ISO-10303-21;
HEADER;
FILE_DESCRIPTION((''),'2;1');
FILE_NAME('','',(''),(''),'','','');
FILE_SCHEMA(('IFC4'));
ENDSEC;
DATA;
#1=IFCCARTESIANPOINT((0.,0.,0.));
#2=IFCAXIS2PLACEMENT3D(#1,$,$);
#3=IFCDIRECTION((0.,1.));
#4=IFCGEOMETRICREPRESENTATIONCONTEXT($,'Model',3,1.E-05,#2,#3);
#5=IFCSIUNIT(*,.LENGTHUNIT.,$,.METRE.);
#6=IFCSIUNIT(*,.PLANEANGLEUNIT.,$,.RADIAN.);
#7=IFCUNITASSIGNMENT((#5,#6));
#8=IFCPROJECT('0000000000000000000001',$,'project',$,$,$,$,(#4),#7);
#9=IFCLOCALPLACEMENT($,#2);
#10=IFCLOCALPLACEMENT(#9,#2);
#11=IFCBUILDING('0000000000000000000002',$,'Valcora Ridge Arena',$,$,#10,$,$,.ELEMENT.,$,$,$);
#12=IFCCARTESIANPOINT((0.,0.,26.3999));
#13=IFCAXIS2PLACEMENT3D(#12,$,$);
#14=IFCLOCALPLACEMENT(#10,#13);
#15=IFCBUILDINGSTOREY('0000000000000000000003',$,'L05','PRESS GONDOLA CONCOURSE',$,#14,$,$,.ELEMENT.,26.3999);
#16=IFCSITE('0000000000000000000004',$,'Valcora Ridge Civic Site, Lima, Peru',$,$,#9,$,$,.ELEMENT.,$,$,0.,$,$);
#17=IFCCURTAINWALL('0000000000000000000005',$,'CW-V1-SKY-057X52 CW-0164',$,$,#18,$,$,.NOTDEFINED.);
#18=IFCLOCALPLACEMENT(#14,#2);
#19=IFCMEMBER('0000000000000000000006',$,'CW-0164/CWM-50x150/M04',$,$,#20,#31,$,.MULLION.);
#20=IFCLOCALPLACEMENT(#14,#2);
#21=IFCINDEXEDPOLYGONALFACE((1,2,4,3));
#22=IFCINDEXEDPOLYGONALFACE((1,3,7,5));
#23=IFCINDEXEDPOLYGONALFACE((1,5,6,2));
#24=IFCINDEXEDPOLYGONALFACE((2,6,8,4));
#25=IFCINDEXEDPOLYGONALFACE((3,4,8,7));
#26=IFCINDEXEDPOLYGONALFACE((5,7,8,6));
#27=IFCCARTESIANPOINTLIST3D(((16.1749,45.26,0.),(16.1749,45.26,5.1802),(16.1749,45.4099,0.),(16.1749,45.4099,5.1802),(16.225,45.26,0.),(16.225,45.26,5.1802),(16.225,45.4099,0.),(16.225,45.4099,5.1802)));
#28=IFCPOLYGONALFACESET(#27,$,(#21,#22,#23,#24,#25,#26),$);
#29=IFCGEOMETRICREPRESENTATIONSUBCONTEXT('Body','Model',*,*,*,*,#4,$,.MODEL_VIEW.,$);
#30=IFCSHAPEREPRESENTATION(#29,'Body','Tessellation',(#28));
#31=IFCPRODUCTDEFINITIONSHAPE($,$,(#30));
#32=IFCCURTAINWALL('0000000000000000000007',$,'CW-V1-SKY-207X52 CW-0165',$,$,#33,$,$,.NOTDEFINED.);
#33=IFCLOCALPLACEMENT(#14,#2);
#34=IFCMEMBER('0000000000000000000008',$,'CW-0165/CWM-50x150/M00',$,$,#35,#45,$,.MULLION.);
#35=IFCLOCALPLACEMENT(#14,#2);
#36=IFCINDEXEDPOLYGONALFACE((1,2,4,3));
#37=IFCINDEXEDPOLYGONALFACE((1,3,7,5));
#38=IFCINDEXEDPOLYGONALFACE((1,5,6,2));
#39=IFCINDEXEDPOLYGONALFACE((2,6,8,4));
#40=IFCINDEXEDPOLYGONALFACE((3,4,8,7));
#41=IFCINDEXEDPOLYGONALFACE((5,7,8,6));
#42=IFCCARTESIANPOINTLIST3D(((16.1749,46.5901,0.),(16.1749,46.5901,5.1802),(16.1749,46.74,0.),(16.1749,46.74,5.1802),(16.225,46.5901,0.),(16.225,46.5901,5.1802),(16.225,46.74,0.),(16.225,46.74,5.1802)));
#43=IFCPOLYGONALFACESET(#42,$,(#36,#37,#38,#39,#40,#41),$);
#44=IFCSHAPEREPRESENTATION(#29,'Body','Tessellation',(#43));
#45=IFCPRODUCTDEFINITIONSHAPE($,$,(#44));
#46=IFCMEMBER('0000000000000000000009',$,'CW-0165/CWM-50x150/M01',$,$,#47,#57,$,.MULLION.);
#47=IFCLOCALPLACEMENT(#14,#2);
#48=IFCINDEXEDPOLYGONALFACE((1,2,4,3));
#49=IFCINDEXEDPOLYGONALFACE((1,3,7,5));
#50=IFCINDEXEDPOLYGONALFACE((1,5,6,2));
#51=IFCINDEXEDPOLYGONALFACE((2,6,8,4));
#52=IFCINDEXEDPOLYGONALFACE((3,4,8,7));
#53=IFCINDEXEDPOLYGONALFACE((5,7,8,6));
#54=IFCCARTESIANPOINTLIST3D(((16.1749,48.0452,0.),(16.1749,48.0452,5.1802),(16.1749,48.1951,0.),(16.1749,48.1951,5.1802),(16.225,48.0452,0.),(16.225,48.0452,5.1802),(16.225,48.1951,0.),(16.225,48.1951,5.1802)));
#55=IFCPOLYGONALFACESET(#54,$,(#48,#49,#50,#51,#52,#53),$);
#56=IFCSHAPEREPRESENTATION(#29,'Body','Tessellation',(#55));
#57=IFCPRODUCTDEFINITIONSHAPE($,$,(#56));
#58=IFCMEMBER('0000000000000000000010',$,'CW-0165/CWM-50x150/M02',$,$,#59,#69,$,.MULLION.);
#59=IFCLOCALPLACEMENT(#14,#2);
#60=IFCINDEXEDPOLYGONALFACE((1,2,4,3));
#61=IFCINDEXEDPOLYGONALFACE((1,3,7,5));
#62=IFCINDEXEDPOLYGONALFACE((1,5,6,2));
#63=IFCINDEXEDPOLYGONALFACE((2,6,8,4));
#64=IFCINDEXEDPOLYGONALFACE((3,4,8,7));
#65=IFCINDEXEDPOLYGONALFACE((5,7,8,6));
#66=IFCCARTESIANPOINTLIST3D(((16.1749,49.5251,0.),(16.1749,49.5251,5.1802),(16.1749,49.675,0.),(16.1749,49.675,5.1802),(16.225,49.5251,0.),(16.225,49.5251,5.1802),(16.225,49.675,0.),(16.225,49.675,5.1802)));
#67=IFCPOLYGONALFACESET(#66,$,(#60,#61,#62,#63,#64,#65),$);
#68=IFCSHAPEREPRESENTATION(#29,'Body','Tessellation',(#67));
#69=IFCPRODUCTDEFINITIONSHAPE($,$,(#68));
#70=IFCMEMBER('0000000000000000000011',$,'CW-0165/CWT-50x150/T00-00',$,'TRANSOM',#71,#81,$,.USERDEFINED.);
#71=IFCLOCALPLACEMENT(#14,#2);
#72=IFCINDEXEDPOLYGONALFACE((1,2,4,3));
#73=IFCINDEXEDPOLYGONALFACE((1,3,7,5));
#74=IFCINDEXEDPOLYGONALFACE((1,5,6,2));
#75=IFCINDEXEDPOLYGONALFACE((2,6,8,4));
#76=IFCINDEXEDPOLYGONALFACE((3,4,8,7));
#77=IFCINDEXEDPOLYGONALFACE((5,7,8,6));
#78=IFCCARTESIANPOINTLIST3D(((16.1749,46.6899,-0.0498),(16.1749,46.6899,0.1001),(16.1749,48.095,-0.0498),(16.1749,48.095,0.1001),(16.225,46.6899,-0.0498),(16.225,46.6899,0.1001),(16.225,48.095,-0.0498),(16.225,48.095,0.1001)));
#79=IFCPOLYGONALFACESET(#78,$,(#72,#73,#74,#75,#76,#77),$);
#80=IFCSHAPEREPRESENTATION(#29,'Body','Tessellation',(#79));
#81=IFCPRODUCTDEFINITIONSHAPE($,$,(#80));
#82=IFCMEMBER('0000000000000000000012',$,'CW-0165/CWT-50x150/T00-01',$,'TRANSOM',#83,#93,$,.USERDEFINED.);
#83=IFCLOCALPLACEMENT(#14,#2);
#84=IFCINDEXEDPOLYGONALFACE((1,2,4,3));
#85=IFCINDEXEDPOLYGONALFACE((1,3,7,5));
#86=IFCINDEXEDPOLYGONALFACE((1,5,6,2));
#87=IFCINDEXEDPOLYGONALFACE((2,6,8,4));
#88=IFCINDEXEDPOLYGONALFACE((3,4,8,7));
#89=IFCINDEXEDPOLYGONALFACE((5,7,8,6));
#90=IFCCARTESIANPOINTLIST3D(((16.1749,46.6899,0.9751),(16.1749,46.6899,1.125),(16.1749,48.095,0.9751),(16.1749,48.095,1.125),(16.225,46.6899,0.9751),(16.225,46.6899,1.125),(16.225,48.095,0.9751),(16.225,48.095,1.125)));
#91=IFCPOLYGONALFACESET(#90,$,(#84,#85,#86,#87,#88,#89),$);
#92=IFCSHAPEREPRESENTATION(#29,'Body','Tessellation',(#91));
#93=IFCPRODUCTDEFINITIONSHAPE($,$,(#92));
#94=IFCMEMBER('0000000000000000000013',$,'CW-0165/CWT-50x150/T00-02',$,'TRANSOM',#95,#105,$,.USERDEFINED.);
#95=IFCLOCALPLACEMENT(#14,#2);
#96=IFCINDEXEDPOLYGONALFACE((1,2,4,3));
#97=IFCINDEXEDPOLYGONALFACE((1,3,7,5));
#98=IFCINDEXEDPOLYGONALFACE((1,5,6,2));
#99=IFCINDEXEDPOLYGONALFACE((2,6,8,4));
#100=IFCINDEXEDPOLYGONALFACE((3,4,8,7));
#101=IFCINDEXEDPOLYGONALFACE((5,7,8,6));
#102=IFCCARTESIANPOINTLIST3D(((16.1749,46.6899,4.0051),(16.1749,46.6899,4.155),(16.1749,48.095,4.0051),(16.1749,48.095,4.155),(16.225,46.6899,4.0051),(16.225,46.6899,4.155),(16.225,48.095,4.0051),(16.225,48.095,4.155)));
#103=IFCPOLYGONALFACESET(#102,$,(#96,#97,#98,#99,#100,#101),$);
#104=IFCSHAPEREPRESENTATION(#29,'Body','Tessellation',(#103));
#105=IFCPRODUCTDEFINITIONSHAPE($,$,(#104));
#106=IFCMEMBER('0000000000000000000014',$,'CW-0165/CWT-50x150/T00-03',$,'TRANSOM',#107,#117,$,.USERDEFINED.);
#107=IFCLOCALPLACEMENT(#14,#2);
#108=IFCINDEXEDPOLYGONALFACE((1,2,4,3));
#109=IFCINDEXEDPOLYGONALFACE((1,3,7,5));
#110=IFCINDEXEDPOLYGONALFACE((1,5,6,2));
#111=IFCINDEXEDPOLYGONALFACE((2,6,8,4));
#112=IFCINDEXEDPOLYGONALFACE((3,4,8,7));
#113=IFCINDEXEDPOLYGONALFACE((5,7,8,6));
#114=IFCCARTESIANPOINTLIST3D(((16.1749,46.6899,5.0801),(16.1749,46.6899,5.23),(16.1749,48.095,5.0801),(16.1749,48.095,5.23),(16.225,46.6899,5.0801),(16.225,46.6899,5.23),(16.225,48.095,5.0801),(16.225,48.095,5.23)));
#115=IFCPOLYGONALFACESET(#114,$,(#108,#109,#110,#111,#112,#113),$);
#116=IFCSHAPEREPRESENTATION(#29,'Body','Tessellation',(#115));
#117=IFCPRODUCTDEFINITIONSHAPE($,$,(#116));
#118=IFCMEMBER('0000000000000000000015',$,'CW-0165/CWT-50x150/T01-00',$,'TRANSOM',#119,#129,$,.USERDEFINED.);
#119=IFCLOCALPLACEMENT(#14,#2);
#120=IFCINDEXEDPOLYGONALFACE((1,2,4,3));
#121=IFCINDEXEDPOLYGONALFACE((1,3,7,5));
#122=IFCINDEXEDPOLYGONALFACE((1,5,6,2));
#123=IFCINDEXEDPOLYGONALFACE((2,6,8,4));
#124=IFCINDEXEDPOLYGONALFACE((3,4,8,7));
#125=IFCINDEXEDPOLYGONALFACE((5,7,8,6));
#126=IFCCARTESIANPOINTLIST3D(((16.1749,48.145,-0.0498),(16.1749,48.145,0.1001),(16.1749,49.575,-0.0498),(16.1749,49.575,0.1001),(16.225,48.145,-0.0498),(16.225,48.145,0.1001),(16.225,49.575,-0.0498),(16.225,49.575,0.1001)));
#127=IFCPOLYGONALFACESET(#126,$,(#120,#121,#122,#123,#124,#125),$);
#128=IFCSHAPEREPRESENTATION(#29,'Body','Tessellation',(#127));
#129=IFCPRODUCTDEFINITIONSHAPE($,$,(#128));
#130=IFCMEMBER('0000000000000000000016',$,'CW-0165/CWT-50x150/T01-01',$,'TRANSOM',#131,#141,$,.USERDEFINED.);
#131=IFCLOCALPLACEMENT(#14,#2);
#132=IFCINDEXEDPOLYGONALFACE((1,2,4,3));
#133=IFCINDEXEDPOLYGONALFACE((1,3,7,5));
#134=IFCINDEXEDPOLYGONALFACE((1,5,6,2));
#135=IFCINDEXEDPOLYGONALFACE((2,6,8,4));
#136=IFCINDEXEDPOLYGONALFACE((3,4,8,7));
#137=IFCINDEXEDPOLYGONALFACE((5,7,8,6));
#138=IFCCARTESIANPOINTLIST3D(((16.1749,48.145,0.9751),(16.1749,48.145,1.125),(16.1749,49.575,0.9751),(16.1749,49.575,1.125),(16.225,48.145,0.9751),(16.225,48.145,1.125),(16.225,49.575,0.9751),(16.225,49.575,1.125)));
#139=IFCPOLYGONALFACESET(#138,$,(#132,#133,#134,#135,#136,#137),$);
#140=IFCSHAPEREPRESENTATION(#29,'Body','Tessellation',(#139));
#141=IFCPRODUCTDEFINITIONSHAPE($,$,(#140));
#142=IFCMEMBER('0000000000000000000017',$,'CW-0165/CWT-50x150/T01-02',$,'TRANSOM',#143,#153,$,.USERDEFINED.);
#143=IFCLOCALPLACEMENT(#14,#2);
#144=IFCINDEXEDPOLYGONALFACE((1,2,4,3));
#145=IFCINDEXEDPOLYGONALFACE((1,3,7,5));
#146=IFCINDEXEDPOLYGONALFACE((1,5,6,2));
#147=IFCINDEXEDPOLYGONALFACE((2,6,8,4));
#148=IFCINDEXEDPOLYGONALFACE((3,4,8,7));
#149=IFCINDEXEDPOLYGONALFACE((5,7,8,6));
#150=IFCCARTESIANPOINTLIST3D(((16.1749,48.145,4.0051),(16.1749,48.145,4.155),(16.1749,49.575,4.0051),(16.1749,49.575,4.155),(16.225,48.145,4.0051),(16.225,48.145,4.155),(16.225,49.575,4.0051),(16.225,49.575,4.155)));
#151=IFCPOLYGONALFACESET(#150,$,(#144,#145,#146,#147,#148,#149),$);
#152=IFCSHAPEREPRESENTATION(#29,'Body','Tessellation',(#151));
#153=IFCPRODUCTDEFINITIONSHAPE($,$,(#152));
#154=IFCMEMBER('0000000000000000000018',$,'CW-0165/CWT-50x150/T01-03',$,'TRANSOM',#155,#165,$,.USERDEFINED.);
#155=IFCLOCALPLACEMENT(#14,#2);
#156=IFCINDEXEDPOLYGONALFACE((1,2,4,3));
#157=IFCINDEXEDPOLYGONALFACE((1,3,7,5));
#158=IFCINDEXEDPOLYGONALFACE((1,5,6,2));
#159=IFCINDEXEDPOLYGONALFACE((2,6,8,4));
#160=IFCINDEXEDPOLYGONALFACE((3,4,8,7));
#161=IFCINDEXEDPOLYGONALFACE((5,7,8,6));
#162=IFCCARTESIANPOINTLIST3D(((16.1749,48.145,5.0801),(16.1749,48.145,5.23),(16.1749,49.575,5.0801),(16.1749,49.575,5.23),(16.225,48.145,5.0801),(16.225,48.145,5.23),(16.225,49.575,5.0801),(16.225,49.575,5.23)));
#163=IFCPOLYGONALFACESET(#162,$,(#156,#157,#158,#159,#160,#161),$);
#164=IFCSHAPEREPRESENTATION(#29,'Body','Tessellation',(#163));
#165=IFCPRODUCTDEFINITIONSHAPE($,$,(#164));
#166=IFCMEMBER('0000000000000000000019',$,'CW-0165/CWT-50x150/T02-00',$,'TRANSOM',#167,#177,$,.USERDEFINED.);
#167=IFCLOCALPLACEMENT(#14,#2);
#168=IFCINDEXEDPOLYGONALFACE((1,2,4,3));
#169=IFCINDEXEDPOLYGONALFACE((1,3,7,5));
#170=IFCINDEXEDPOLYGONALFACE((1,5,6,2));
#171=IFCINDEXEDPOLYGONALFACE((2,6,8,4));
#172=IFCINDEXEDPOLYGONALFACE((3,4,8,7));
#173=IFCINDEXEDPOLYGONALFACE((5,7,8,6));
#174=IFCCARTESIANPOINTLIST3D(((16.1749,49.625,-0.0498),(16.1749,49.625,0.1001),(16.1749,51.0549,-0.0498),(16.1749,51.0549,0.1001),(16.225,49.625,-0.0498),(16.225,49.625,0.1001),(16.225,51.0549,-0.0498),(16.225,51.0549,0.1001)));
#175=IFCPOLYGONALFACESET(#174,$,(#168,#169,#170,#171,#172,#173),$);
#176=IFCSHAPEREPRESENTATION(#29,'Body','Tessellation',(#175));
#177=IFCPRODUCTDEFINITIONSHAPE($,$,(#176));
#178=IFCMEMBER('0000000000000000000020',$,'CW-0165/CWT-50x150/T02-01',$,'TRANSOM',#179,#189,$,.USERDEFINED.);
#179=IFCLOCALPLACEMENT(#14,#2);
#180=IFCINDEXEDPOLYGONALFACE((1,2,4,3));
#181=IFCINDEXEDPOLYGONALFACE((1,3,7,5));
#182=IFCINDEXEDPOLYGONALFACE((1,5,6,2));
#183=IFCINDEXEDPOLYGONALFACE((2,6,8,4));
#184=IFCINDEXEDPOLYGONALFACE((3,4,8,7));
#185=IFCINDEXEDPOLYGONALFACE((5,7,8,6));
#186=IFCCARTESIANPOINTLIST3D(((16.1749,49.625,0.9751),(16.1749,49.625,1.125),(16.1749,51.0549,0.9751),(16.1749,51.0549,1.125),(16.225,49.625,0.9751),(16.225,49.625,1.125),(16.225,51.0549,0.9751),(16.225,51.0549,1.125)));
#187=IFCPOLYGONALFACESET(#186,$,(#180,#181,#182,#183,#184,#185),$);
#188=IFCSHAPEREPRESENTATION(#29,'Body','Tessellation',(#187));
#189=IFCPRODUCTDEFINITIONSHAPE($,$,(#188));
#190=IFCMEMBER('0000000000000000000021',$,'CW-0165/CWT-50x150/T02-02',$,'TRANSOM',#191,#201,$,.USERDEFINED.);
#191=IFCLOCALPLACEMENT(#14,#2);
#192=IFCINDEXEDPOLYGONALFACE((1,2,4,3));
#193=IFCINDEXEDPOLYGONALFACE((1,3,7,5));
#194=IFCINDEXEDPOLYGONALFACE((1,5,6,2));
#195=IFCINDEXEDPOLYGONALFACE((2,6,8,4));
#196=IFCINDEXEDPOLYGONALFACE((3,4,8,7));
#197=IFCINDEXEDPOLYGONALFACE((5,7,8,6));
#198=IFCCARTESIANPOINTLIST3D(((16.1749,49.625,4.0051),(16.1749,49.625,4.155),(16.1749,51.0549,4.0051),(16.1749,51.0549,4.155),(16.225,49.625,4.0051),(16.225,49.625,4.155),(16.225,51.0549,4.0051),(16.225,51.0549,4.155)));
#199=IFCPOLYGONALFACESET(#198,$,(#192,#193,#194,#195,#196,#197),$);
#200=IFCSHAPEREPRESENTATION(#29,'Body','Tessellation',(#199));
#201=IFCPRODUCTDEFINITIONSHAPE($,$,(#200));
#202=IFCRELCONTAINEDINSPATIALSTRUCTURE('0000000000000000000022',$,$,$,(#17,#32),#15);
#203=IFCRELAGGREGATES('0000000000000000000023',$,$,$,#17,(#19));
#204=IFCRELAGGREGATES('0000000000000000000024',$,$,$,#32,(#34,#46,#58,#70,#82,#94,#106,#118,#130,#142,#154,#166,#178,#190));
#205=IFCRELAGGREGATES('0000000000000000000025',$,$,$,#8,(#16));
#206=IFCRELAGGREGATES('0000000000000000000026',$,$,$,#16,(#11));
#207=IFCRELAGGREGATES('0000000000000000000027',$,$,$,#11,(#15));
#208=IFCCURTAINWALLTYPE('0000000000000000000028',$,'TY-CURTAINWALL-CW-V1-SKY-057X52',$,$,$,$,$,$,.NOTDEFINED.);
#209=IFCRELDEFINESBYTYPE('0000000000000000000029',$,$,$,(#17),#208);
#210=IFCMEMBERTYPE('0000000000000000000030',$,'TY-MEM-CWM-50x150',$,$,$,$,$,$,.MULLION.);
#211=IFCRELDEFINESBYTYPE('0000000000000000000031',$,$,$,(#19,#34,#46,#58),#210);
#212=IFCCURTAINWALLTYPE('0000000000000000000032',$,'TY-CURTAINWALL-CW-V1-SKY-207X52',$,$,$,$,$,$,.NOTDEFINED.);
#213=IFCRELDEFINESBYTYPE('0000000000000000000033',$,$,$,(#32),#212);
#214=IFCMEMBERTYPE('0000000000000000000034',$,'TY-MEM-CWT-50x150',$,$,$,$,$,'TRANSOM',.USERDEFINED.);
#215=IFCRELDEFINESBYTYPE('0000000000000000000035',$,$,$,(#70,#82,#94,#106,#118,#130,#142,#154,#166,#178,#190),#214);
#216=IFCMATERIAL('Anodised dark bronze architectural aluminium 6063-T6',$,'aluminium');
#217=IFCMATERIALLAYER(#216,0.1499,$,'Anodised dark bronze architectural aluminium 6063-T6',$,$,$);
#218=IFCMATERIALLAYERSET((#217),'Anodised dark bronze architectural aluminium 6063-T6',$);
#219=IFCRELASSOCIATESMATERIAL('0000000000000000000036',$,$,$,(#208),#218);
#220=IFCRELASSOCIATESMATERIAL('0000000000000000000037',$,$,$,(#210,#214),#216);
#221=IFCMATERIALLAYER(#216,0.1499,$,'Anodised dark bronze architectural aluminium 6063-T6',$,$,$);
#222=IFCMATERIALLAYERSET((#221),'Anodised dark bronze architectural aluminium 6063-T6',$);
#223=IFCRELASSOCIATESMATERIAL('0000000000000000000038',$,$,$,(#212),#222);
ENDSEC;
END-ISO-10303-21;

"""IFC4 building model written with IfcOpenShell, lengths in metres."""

from ifc_helpers import new_model, si_unit, direction, frame, origin, origin_2d, place, context, subcontext, project, spatial, rectangle, extrude, material, layer, layer_set, material_profile, profile_set, type_object, element, aggregate, save


model = new_model("IFC4")

# Units and contexts
model_context = context("Model", 3, precision=1e-05, world=origin(), true_north=direction((0.0, 1.0)))
body_context = subcontext(model_context, "Body", "Model", "MODEL_VIEW")
ifc_project = project(units=[si_unit("LENGTHUNIT", "METRE"), si_unit("PLANEANGLEUNIT", "RADIAN")], contexts=[model_context])

# Site, building, storey
site_placement = place(None, origin())
site = spatial("IfcSite", under=ifc_project, at=site_placement, Name="Valcora Ridge Civic Site, Lima, Peru", CompositionType="ELEMENT", RefElevation=0.0)
building_placement = place(site_placement, origin())
building = spatial("IfcBuilding", under=site, at=building_placement, Name="Valcora Ridge Arena", CompositionType="ELEMENT")
storey_placement = place(building_placement, frame((0.0, 0.0, 26.3999)))
storey = spatial("IfcBuildingStorey", under=building, at=storey_placement, Name="L05", Description="PRESS GONDOLA CONCOURSE", CompositionType="ELEMENT", Elevation=26.3999)

# Curtain wall, member
ifc_material_1 = material(Name="Anodised dark bronze architectural aluminium 6063-T6", Category="aluminium")
ifc_layer_1 = layer(ifc_material_1, 0.1499, Name="Anodised dark bronze architectural aluminium 6063-T6")
ifc_layer_set_1 = layer_set([ifc_layer_1], Name="Anodised dark bronze architectural aluminium 6063-T6")
curtain_wall_type_1 = type_object("IfcCurtainWallType", Name="TY-CURTAINWALL-CW-V1-SKY-057X52", PredefinedType="NOTDEFINED", material=ifc_layer_set_1)
curtain_wall_1_placement = place(storey_placement, origin())
curtain_wall_1 = element("IfcCurtainWall", 1, at=curtain_wall_1_placement, inside=storey, type_object=curtain_wall_type_1, Name="CW-V1-SKY-057X52 CW-0164", PredefinedType="NOTDEFINED")
ifc_material_profile_1 = material_profile(ifc_material_1, rectangle(XDim=0.05, YDim=0.1499, at=origin_2d()), Name="ALU MULLION 50x150")
ifc_profile_set_1 = profile_set([ifc_material_profile_1], Name="Anodised dark bronze architectural aluminium 6063-T6")
member_type_1 = type_object("IfcMemberType", Name="TY-MEM-CWM-50x150", PredefinedType="MULLION", material=ifc_profile_set_1)
member_1_placement = place(storey_placement, frame((16.2, 45.335, 0.0), z_axis=(0.0, 0.0, 1.0), x_axis=(-1.0, 0.0, 0.0)))
member_1 = element("IfcMember", 2, at=member_1_placement, type_object=member_type_1, Name="CW-0164/CWM-50x150/M04", PredefinedType="MULLION", context=body_context, shape_type="SweptSolid", body=[
    extrude(rectangle(XDim=0.05, YDim=0.1499, at=origin_2d()), origin(), (0.0, 0.0, 1.0), 5.1802),
])
aggregate(curtain_wall_1, [member_1])

# Curtain wall, members
ifc_layer_2 = layer(ifc_material_1, 0.1499, Name="Anodised dark bronze architectural aluminium 6063-T6")
ifc_layer_set_2 = layer_set([ifc_layer_2], Name="Anodised dark bronze architectural aluminium 6063-T6")
curtain_wall_type_2 = type_object("IfcCurtainWallType", Name="TY-CURTAINWALL-CW-V1-SKY-207X52", PredefinedType="NOTDEFINED", material=ifc_layer_set_2)
curtain_wall_2_placement = place(storey_placement, origin())
curtain_wall_2 = element("IfcCurtainWall", 3, at=curtain_wall_2_placement, inside=storey, type_object=curtain_wall_type_2, Name="CW-V1-SKY-207X52 CW-0165", PredefinedType="NOTDEFINED")
member_2_placement = place(storey_placement, frame((16.2, 46.665, 0.0), z_axis=(0.0, 0.0, 1.0), x_axis=(-1.0, 0.0, 0.0)))
member_2 = element("IfcMember", 4, at=member_2_placement, type_object=member_type_1, Name="CW-0165/CWM-50x150/M00", PredefinedType="MULLION", context=body_context, shape_type="SweptSolid", body=[
    extrude(rectangle(XDim=0.05, YDim=0.1499, at=origin_2d()), origin(), (0.0, 0.0, 1.0), 5.1802),
])
member_3_placement = place(storey_placement, frame((16.2, 48.1201, 0.0), z_axis=(0.0, 0.0, 1.0), x_axis=(-1.0, 0.0, 0.0)))
member_3 = element("IfcMember", 5, at=member_3_placement, type_object=member_type_1, Name="CW-0165/CWM-50x150/M01", PredefinedType="MULLION", context=body_context, shape_type="SweptSolid", body=[
    extrude(rectangle(XDim=0.05, YDim=0.1499, at=origin_2d()), origin(), (0.0, 0.0, 1.0), 5.1802),
])
member_4_placement = place(storey_placement, frame((16.2, 49.6001, 0.0), z_axis=(0.0, 0.0, 1.0), x_axis=(-1.0, 0.0, 0.0)))
member_4 = element("IfcMember", 6, at=member_4_placement, type_object=member_type_1, Name="CW-0165/CWM-50x150/M02", PredefinedType="MULLION", context=body_context, shape_type="SweptSolid", body=[
    extrude(rectangle(XDim=0.05, YDim=0.1499, at=origin_2d()), origin(), (0.0, 0.0, 1.0), 5.1802),
])
ifc_material_profile_2 = material_profile(ifc_material_1, rectangle(XDim=0.05, YDim=0.1499, at=origin_2d()), Name="ALU TRANSOM 50x150")
ifc_profile_set_2 = profile_set([ifc_material_profile_2], Name="Anodised dark bronze architectural aluminium 6063-T6")
member_type_2 = type_object("IfcMemberType", Name="TY-MEM-CWT-50x150", ElementType="TRANSOM", PredefinedType="USERDEFINED", material=ifc_profile_set_2)
member_5_placement = place(storey_placement, frame((16.2, 46.6899, 0.0251), z_axis=(0.0, 1.0, 0.0), x_axis=(-1.0, 0.0, 0.0)))
member_5 = element("IfcMember", 7, at=member_5_placement, type_object=member_type_2, Name="CW-0165/CWT-50x150/T00-00", ObjectType="TRANSOM", PredefinedType="USERDEFINED", context=body_context, shape_type="SweptSolid", body=[
    extrude(rectangle(XDim=0.05, YDim=0.1499, at=origin_2d()), origin(), (0.0, 0.0, 1.0), 1.405),
])
member_6_placement = place(storey_placement, frame((16.2, 46.6899, 1.05), z_axis=(0.0, 1.0, 0.0), x_axis=(-1.0, 0.0, 0.0)))
member_6 = element("IfcMember", 8, at=member_6_placement, type_object=member_type_2, Name="CW-0165/CWT-50x150/T00-01", ObjectType="TRANSOM", PredefinedType="USERDEFINED", context=body_context, shape_type="SweptSolid", body=[
    extrude(rectangle(XDim=0.05, YDim=0.1499, at=origin_2d()), origin(), (0.0, 0.0, 1.0), 1.405),
])
member_7_placement = place(storey_placement, frame((16.2, 46.6899, 4.0801), z_axis=(0.0, 1.0, 0.0), x_axis=(-1.0, 0.0, 0.0)))
member_7 = element("IfcMember", 9, at=member_7_placement, type_object=member_type_2, Name="CW-0165/CWT-50x150/T00-02", ObjectType="TRANSOM", PredefinedType="USERDEFINED", context=body_context, shape_type="SweptSolid", body=[
    extrude(rectangle(XDim=0.05, YDim=0.1499, at=origin_2d()), origin(), (0.0, 0.0, 1.0), 1.405),
])
member_8_placement = place(storey_placement, frame((16.2, 46.6899, 5.155), z_axis=(0.0, 1.0, 0.0), x_axis=(-1.0, 0.0, 0.0)))
member_8 = element("IfcMember", 10, at=member_8_placement, type_object=member_type_2, Name="CW-0165/CWT-50x150/T00-03", ObjectType="TRANSOM", PredefinedType="USERDEFINED", context=body_context, shape_type="SweptSolid", body=[
    extrude(rectangle(XDim=0.05, YDim=0.1499, at=origin_2d()), origin(), (0.0, 0.0, 1.0), 1.405),
])
member_9_placement = place(storey_placement, frame((16.2, 48.145, 0.0251), z_axis=(0.0, 1.0, 0.0), x_axis=(-1.0, 0.0, 0.0)))
member_9 = element("IfcMember", 11, at=member_9_placement, type_object=member_type_2, Name="CW-0165/CWT-50x150/T01-00", ObjectType="TRANSOM", PredefinedType="USERDEFINED", context=body_context, shape_type="SweptSolid", body=[
    extrude(rectangle(XDim=0.05, YDim=0.1499, at=origin_2d()), origin(), (0.0, 0.0, 1.0), 1.4299),
])
member_10_placement = place(storey_placement, frame((16.2, 48.145, 1.05), z_axis=(0.0, 1.0, 0.0), x_axis=(-1.0, 0.0, 0.0)))
member_10 = element("IfcMember", 12, at=member_10_placement, type_object=member_type_2, Name="CW-0165/CWT-50x150/T01-01", ObjectType="TRANSOM", PredefinedType="USERDEFINED", context=body_context, shape_type="SweptSolid", body=[
    extrude(rectangle(XDim=0.05, YDim=0.1499, at=origin_2d()), origin(), (0.0, 0.0, 1.0), 1.4299),
])
member_11_placement = place(storey_placement, frame((16.2, 48.145, 4.0801), z_axis=(0.0, 1.0, 0.0), x_axis=(-1.0, 0.0, 0.0)))
member_11 = element("IfcMember", 13, at=member_11_placement, type_object=member_type_2, Name="CW-0165/CWT-50x150/T01-02", ObjectType="TRANSOM", PredefinedType="USERDEFINED", context=body_context, shape_type="SweptSolid", body=[
    extrude(rectangle(XDim=0.05, YDim=0.1499, at=origin_2d()), origin(), (0.0, 0.0, 1.0), 1.4299),
])
member_12_placement = place(storey_placement, frame((16.2, 48.145, 5.155), z_axis=(0.0, 1.0, 0.0), x_axis=(-1.0, 0.0, 0.0)))
member_12 = element("IfcMember", 14, at=member_12_placement, type_object=member_type_2, Name="CW-0165/CWT-50x150/T01-03", ObjectType="TRANSOM", PredefinedType="USERDEFINED", context=body_context, shape_type="SweptSolid", body=[
    extrude(rectangle(XDim=0.05, YDim=0.1499, at=origin_2d()), origin(), (0.0, 0.0, 1.0), 1.4299),
])
member_13_placement = place(storey_placement, frame((16.2, 49.625, 0.0251), z_axis=(0.0, 1.0, 0.0), x_axis=(-1.0, 0.0, 0.0)))
member_13 = element("IfcMember", 15, at=member_13_placement, type_object=member_type_2, Name="CW-0165/CWT-50x150/T02-00", ObjectType="TRANSOM", PredefinedType="USERDEFINED", context=body_context, shape_type="SweptSolid", body=[
    extrude(rectangle(XDim=0.05, YDim=0.1499, at=origin_2d()), origin(), (0.0, 0.0, 1.0), 1.4299),
])
member_14_placement = place(storey_placement, frame((16.2, 49.625, 1.05), z_axis=(0.0, 1.0, 0.0), x_axis=(-1.0, 0.0, 0.0)))
member_14 = element("IfcMember", 16, at=member_14_placement, type_object=member_type_2, Name="CW-0165/CWT-50x150/T02-01", ObjectType="TRANSOM", PredefinedType="USERDEFINED", context=body_context, shape_type="SweptSolid", body=[
    extrude(rectangle(XDim=0.05, YDim=0.1499, at=origin_2d()), origin(), (0.0, 0.0, 1.0), 1.4299),
])
member_15_placement = place(storey_placement, frame((16.2, 49.625, 4.0801), z_axis=(0.0, 1.0, 0.0), x_axis=(-1.0, 0.0, 0.0)))
member_15 = element("IfcMember", 17, at=member_15_placement, type_object=member_type_2, Name="CW-0165/CWT-50x150/T02-02", ObjectType="TRANSOM", PredefinedType="USERDEFINED", context=body_context, shape_type="SweptSolid", body=[
    extrude(rectangle(XDim=0.05, YDim=0.1499, at=origin_2d()), origin(), (0.0, 0.0, 1.0), 1.4299),
])
aggregate(curtain_wall_2, [member_2, member_3, member_4, member_5, member_6, member_7, member_8, member_9, member_10, member_11, member_12, member_13, member_14, member_15])

save(model, "model.ifc")
